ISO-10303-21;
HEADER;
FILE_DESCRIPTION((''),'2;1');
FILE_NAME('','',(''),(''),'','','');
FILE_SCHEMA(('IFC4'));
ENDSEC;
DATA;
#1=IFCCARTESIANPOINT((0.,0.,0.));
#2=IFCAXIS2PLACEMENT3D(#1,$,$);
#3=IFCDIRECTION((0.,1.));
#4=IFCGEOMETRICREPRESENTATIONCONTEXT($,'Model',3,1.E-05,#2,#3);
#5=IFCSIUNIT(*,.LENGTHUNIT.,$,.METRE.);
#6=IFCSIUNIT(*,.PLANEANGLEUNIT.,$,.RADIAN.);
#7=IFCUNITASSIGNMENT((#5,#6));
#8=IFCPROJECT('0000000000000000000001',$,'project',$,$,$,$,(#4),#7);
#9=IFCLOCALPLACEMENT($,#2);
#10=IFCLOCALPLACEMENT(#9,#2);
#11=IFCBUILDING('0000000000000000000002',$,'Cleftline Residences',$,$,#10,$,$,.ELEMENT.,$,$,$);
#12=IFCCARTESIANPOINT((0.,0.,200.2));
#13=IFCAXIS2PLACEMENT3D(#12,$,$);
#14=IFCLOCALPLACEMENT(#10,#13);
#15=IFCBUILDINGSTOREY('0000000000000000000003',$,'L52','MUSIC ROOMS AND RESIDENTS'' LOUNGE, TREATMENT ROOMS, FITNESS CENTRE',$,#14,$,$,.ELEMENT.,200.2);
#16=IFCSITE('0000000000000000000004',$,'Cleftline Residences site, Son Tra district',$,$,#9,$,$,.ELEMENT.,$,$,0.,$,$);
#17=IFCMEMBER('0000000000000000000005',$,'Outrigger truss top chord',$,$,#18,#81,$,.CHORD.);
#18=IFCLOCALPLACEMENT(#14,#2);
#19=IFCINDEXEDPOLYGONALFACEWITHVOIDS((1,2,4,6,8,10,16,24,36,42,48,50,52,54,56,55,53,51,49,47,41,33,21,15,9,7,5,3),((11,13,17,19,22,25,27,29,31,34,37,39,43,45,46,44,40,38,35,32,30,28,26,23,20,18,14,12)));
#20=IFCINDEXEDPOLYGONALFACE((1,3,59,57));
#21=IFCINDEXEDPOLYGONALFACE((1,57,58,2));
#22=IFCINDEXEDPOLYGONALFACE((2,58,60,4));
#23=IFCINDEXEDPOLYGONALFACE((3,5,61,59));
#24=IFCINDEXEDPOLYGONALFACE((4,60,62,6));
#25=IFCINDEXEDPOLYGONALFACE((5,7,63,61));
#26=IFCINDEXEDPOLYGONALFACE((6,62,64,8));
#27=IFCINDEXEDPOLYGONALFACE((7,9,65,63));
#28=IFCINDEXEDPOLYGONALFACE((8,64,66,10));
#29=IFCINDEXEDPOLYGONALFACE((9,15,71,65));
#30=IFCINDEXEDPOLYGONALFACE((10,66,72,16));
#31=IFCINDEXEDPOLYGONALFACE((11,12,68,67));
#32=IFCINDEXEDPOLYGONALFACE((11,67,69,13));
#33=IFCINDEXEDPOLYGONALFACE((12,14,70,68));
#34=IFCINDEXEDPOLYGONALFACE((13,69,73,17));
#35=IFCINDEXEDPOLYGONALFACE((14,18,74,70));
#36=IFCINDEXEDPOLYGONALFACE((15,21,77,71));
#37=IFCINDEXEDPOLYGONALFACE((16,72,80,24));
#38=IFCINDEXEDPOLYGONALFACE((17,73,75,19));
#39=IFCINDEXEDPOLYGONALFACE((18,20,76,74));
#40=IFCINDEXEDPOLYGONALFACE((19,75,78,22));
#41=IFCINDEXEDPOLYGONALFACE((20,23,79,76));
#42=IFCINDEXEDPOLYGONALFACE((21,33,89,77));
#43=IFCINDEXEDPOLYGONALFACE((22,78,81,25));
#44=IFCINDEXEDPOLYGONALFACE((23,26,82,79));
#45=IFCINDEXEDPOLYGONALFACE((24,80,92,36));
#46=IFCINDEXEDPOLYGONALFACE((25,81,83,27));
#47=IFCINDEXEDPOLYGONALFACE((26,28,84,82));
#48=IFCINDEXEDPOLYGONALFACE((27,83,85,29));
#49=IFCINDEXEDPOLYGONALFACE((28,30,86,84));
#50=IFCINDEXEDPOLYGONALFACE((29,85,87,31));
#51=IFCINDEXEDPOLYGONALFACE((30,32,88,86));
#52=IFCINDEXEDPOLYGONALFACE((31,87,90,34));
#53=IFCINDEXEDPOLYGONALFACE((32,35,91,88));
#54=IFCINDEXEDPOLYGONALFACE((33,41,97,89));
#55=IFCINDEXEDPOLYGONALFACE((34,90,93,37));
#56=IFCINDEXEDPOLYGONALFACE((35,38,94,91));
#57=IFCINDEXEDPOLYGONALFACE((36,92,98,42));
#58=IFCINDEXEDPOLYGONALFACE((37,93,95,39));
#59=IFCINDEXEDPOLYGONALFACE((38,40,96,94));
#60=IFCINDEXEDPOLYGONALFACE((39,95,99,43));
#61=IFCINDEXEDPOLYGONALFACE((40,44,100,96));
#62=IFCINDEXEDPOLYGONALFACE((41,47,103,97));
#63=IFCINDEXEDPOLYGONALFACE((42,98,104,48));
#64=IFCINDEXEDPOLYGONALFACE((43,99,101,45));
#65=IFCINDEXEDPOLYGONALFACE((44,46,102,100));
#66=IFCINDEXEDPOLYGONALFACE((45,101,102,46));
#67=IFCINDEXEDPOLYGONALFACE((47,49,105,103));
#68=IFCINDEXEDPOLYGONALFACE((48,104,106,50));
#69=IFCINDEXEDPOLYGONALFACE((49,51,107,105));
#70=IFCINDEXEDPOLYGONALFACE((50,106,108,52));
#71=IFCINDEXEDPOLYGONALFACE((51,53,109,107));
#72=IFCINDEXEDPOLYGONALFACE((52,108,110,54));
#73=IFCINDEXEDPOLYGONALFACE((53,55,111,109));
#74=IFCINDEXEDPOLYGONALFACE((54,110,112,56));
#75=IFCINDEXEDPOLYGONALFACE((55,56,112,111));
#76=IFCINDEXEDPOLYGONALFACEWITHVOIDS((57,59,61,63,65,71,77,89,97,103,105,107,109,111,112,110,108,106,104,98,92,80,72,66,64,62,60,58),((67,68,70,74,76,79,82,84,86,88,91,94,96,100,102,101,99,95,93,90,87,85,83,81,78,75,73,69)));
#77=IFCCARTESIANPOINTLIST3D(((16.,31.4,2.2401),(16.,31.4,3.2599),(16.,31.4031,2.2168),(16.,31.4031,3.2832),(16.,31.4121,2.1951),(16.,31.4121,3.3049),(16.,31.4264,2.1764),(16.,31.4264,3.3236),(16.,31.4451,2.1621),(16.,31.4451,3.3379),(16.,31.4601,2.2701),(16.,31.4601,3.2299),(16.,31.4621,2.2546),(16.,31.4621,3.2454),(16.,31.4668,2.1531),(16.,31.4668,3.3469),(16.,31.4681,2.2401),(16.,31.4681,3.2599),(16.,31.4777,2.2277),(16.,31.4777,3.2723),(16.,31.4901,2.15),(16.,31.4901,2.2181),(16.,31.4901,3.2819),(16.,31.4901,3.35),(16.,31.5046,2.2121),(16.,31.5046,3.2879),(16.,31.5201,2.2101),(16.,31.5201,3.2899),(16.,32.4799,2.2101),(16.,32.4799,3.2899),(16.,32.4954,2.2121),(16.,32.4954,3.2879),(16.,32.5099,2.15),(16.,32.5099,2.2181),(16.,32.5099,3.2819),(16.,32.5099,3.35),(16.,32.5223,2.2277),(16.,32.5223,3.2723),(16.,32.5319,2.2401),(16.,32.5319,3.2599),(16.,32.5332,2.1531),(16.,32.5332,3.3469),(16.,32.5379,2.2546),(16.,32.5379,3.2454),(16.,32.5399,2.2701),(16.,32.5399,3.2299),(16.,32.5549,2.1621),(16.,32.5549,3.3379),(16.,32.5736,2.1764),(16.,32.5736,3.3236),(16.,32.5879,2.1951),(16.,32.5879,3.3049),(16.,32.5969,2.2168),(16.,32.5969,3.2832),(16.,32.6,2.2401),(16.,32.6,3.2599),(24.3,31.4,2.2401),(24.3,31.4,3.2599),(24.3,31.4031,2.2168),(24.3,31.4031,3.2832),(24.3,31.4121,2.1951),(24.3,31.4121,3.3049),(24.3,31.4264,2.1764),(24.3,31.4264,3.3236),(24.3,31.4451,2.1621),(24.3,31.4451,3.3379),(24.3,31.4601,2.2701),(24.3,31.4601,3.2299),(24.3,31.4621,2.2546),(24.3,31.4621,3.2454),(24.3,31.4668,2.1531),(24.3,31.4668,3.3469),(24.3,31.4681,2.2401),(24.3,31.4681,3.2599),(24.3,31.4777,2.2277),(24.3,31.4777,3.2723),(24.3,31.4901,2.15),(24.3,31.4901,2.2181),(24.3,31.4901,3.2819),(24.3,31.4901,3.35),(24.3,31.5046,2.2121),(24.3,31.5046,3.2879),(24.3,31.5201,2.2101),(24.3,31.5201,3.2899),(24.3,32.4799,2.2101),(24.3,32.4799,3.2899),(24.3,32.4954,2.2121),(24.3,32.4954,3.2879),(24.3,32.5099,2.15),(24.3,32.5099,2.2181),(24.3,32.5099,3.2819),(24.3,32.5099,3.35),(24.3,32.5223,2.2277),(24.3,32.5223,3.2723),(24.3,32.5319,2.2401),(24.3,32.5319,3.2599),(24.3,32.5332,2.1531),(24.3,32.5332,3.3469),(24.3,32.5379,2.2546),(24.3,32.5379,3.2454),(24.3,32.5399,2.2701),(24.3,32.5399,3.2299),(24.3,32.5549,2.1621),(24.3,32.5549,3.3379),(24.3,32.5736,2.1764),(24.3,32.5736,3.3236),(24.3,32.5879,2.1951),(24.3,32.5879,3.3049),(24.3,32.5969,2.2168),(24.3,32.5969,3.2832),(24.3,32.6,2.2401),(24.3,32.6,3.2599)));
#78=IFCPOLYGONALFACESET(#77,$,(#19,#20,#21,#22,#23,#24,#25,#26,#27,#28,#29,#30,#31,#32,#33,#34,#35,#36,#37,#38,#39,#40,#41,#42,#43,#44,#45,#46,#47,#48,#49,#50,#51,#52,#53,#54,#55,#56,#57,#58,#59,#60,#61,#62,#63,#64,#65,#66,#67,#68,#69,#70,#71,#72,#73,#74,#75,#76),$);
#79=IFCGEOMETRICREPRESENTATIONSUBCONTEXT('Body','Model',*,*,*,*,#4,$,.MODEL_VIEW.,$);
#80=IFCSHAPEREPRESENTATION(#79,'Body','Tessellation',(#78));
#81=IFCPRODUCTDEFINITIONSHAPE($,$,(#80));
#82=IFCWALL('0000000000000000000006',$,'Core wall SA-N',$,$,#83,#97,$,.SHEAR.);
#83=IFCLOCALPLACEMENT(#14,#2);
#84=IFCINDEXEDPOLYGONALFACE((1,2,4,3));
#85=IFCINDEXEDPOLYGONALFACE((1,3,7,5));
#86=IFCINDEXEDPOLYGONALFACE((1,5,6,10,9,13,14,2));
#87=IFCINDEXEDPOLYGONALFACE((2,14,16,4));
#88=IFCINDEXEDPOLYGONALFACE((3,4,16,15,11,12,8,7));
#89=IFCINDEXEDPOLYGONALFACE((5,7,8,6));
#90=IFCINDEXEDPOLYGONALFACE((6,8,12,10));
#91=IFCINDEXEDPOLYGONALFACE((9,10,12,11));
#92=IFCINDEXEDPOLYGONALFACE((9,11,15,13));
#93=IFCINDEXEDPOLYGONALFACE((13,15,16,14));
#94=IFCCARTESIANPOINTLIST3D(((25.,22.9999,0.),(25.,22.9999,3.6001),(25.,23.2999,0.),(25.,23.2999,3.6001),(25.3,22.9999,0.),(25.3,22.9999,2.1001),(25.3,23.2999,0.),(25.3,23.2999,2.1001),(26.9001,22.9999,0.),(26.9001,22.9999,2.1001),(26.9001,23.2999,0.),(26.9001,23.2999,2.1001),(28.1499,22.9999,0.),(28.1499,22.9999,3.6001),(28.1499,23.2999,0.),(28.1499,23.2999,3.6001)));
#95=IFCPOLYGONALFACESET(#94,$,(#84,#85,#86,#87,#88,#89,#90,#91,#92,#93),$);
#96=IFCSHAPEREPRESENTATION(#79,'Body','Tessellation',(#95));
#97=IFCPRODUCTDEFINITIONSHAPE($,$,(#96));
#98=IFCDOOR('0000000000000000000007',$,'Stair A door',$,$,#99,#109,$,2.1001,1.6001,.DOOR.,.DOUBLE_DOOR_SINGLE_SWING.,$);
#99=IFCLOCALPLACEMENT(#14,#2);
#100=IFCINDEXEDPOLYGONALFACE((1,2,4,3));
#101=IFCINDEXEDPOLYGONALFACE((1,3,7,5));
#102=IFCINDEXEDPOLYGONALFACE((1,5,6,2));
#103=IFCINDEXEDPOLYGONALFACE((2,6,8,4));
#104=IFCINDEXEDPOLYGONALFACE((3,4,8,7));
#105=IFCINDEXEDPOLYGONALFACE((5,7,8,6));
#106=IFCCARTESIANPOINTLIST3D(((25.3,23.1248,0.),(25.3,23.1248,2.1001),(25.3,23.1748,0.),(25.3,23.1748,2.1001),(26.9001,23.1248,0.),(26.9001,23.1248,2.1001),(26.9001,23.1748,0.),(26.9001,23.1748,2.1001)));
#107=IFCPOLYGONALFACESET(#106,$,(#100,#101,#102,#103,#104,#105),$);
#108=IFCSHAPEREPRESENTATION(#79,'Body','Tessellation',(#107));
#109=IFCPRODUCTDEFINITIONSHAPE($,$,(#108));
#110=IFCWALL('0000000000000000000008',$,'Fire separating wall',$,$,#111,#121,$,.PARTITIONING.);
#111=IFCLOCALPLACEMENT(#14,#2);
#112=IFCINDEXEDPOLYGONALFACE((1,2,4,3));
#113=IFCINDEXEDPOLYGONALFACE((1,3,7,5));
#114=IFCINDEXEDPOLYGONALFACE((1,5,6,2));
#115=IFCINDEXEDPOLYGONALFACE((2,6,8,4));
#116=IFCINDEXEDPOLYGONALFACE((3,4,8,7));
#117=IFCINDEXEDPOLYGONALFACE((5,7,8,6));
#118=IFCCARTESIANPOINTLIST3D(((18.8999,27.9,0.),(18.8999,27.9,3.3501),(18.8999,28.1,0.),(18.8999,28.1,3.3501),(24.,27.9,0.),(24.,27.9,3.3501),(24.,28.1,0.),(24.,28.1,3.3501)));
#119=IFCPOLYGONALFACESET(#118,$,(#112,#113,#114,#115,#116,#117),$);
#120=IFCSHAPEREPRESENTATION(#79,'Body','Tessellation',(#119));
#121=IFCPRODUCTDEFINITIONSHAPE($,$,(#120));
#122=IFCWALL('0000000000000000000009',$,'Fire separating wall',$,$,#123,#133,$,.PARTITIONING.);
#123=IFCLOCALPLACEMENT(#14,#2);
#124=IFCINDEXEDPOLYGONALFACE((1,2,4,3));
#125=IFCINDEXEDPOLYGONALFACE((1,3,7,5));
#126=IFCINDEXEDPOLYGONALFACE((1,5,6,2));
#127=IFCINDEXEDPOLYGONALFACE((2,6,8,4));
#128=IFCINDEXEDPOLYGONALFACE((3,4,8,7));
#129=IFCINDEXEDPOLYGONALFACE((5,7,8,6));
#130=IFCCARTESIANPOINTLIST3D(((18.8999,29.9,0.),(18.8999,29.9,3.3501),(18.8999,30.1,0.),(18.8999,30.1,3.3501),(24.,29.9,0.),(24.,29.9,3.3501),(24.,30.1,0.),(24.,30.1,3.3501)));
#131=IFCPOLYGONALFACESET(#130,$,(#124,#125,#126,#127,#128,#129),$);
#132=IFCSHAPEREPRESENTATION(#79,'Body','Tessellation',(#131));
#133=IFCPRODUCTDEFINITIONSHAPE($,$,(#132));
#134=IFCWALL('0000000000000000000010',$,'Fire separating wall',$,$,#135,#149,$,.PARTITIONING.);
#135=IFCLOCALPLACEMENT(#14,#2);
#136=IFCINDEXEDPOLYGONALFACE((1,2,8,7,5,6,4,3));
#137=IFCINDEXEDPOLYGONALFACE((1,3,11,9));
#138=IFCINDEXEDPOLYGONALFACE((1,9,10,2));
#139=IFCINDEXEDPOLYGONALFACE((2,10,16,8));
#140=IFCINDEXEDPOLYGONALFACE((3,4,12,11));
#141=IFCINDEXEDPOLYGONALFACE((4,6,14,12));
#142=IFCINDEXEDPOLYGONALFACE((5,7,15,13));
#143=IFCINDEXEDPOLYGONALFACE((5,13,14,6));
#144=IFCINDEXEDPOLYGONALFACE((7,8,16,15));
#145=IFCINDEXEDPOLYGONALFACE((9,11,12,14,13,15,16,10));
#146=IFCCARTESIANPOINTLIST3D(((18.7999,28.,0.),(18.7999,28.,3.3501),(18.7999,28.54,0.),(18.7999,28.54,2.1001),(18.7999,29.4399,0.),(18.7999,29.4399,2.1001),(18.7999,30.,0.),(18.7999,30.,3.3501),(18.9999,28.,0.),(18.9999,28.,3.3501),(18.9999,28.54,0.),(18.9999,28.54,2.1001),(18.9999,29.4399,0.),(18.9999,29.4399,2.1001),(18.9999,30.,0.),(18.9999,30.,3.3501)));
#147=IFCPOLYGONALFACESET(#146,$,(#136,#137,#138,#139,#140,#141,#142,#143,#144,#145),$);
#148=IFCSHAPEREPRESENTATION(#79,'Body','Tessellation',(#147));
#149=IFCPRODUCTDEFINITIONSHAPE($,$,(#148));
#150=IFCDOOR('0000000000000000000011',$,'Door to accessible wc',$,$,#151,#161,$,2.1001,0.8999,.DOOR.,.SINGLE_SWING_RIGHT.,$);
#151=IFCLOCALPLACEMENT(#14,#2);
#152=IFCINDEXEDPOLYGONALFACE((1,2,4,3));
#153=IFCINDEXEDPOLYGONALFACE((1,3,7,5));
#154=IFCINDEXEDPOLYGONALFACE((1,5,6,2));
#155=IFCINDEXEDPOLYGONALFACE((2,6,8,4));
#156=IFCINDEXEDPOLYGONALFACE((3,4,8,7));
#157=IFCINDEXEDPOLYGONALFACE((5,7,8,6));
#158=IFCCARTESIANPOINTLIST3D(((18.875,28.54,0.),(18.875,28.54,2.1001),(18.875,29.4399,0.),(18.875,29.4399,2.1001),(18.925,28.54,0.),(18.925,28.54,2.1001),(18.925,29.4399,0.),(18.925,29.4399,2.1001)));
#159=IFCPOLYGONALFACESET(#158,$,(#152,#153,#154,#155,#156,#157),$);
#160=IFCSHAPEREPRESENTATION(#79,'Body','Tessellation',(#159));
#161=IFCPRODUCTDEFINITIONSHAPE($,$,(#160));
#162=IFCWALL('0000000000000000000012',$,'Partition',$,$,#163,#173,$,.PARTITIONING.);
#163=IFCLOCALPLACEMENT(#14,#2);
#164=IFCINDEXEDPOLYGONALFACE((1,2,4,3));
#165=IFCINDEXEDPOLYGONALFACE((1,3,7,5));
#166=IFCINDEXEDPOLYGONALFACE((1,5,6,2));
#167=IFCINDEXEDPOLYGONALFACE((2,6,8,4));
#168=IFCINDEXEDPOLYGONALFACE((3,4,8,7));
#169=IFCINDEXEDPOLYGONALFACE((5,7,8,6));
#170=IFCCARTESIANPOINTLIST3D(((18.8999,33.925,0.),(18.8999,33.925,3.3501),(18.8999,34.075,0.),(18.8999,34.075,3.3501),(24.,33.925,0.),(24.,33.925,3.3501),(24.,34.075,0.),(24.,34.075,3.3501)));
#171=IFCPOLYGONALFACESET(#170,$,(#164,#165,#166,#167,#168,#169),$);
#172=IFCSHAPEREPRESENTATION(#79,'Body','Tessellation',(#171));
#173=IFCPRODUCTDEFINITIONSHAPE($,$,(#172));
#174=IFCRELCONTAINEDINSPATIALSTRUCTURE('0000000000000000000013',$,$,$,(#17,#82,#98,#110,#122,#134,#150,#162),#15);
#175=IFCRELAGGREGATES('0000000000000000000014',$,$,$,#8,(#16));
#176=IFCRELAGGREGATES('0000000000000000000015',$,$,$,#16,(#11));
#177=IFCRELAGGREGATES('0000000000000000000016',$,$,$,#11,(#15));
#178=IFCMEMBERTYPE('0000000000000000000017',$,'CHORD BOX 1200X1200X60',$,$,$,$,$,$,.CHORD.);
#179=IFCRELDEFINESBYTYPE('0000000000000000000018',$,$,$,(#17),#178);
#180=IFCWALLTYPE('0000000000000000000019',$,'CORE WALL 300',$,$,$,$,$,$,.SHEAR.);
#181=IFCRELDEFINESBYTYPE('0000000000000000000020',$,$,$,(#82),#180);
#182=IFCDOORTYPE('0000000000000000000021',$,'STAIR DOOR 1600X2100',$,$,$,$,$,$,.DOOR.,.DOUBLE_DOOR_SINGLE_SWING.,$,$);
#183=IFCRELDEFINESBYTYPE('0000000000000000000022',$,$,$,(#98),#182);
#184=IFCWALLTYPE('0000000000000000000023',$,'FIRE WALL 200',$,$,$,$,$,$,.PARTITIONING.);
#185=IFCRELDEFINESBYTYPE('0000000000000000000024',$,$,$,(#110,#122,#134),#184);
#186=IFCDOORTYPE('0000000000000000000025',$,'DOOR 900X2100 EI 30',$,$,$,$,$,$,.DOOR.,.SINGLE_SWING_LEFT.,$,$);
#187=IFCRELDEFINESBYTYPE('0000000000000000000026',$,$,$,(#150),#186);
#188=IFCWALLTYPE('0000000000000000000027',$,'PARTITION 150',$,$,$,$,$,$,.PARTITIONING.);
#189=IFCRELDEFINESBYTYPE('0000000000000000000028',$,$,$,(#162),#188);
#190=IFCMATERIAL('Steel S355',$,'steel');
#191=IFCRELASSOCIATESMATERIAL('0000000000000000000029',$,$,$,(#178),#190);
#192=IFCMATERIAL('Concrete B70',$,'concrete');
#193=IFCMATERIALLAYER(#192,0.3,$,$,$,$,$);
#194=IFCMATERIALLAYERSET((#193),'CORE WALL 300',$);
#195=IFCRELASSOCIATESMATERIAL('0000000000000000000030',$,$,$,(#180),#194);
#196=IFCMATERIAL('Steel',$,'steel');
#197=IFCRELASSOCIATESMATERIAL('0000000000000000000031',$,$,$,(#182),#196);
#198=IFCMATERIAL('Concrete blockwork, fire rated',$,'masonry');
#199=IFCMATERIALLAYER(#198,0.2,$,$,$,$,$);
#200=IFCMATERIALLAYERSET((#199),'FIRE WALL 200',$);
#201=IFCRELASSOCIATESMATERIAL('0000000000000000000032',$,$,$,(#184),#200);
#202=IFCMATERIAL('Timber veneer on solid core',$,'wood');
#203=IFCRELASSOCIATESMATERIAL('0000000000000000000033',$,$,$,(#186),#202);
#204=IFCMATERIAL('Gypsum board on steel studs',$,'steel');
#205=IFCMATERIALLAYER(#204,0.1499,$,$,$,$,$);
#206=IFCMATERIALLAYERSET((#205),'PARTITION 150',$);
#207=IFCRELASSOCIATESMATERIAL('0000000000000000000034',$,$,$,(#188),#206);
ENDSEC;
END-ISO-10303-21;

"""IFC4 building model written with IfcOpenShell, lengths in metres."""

from ifc_helpers import new_model, si_unit, direction, frame, frame_2d, origin, origin_2d, place, context, subcontext, project, spatial, rectangle, hollow_rectangle, extrude, material, layer, layer_set, material_profile, profile_set, type_object, element, fill, save


model = new_model("IFC4")

# Units and contexts
model_context = context("Model", 3, precision=1e-05, world=origin(), true_north=direction((0.0, 1.0)))
body_context = subcontext(model_context, "Body", "Model", "MODEL_VIEW")
ifc_project = project(units=[si_unit("LENGTHUNIT", "METRE"), si_unit("PLANEANGLEUNIT", "RADIAN")], contexts=[model_context])

# Site, building, storey
site_placement = place(None, origin())
site = spatial("IfcSite", under=ifc_project, at=site_placement, Name="Cleftline Residences site, Son Tra district", CompositionType="ELEMENT", RefElevation=0.0)
building_placement = place(site_placement, origin())
building = spatial("IfcBuilding", under=site, at=building_placement, Name="Cleftline Residences", CompositionType="ELEMENT")
storey_placement = place(building_placement, frame((0.0, 0.0, 200.2)))
storey = spatial("IfcBuildingStorey", under=building, at=storey_placement, Name="L52", Description="MUSIC ROOMS AND RESIDENTS' LOUNGE, TREATMENT ROOMS, FITNESS CENTRE", CompositionType="ELEMENT", Elevation=200.2)

# Member
ifc_material_1 = material(Name="Steel S355", Category="steel")
ifc_material_profile_1 = material_profile(ifc_material_1, hollow_rectangle(XDim=1.2, YDim=1.2, WallThickness=0.0601, InnerFilletRadius=0.0601, OuterFilletRadius=0.0901, at=origin_2d()))
ifc_profile_set_1 = profile_set([ifc_material_profile_1], Name="Steel S355")
member_type_1 = type_object("IfcMemberType", Name="CHORD BOX 1200X1200X60", PredefinedType="CHORD", material=ifc_profile_set_1)
for number, where, z_axis, x_axis, name in (
    (1, (24.3, 32.0, 2.75), (-1.0, 0.0, 0.0), (0.0, -1.0, 0.0), "Outrigger truss top chord"),
):
    element("IfcMember", number, at=place(storey_placement, frame(where, z_axis=z_axis, x_axis=x_axis)), inside=storey, type_object=member_type_1, Name=name, PredefinedType="CHORD", context=body_context, shape_type="SweptSolid", body=[
        extrude(hollow_rectangle(XDim=1.2, YDim=1.2, WallThickness=0.0601, InnerFilletRadius=0.0601, OuterFilletRadius=0.0901, at=origin_2d()), origin(), (0.0, 0.0, 1.0), 8.3),
    ])

# Wall, opening, door
ifc_material_2 = material(Name="Concrete B70", Category="concrete")
ifc_layer_1 = layer(ifc_material_2, 0.3)
ifc_layer_set_1 = layer_set([ifc_layer_1], Name="CORE WALL 300")
wall_type_1 = type_object("IfcWallType", Name="CORE WALL 300", PredefinedType="SHEAR", material=ifc_layer_set_1)
wall_1_placement = place(storey_placement, frame((25.0, 23.1499, 0.0), z_axis=(0.0, 0.0, 1.0), x_axis=(1.0, 0.0, 0.0)))
wall_1 = element("IfcWall", 2, at=wall_1_placement, inside=storey, type_object=wall_type_1, Name="Core wall SA-N", PredefinedType="SHEAR", context=body_context, shape_type="SweptSolid", body=[
    extrude(rectangle(XDim=3.1499, YDim=0.3, at=frame_2d((1.575, 0.0))), origin(), (0.0, 0.0, 1.0), 3.6001),
])
opening_1_placement = place(wall_1_placement, frame((0.3, 0.0, 0.0)))
opening_1 = element("IfcOpeningElement", 3, at=opening_1_placement, cuts=wall_1, PredefinedType="OPENING", context=body_context, shape_type="SweptSolid", body=[
    extrude(rectangle(XDim=1.6001, YDim=2.1001, at=frame_2d((0.8, 1.05))), frame((0.0, 0.1599, 0.0), z_axis=(0.0, -1.0, 0.0), x_axis=(1.0, 0.0, 0.0)), (0.0, 0.0, 1.0), 0.3201),
])
ifc_material_3 = material(Name="Steel", Category="steel")
door_type_1 = type_object("IfcDoorType", Name="STAIR DOOR 1600X2100", OperationType="DOUBLE_DOOR_SINGLE_SWING", PredefinedType="DOOR", material=ifc_material_3)
door_1_placement = place(opening_1_placement, origin())
door_1 = element("IfcDoor", 4, at=door_1_placement, inside=storey, type_object=door_type_1, Name="Stair A door", OperationType="DOUBLE_DOOR_SINGLE_SWING", OverallHeight=2.1001, OverallWidth=1.6001, PredefinedType="DOOR", context=body_context, shape_type="SweptSolid", body=[
    extrude(rectangle(XDim=1.6001, YDim=2.1001, at=frame_2d((0.8, 1.05))), frame((0.0, 0.0249, 0.0), z_axis=(0.0, -1.0, 0.0), x_axis=(1.0, 0.0, 0.0)), (0.0, 0.0, 1.0), 0.05),
])
fill(opening_1, door_1)

# Walls
ifc_material_4 = material(Name="Concrete blockwork, fire rated", Category="masonry")
ifc_layer_2 = layer(ifc_material_4, 0.2)
ifc_layer_set_2 = layer_set([ifc_layer_2], Name="FIRE WALL 200")
wall_type_2 = type_object("IfcWallType", Name="FIRE WALL 200", PredefinedType="PARTITIONING", material=ifc_layer_set_2)
for number, where, z_axis, x_axis, name in (
    (5, (18.8999, 28.0, 0.0), (0.0, 0.0, 1.0), (1.0, 0.0, 0.0), "Fire separating wall"),
    (6, (18.8999, 30.0, 0.0), (0.0, 0.0, 1.0), (1.0, 0.0, 0.0), "Fire separating wall"),
):
    element("IfcWall", number, at=place(storey_placement, frame(where, z_axis=z_axis, x_axis=x_axis)), inside=storey, type_object=wall_type_2, Name=name, PredefinedType="PARTITIONING", context=body_context, shape_type="SweptSolid", body=[
        extrude(rectangle(XDim=5.1001, YDim=0.2, at=frame_2d((2.55, 0.0))), origin(), (0.0, 0.0, 1.0), 3.3501),
    ])

# Wall, opening, door
wall_2_placement = place(storey_placement, frame((18.8999, 28.0, 0.0), z_axis=(0.0, 0.0, 1.0), x_axis=(0.0, 1.0, 0.0)))
wall_2 = element("IfcWall", 7, at=wall_2_placement, inside=storey, type_object=wall_type_2, Name="Fire separating wall", PredefinedType="PARTITIONING", context=body_context, shape_type="SweptSolid", body=[
    extrude(rectangle(XDim=2.0, YDim=0.2, at=frame_2d((1.0, 0.0))), origin(), (0.0, 0.0, 1.0), 3.3501),
])
opening_2_placement = place(wall_2_placement, frame((0.54, 0.0, 0.0)))
opening_2 = element("IfcOpeningElement", 8, at=opening_2_placement, cuts=wall_2, PredefinedType="OPENING", context=body_context, shape_type="SweptSolid", body=[
    extrude(rectangle(XDim=0.8999, YDim=2.1001, at=frame_2d((0.45, 1.05))), frame((0.0, 0.1099, 0.0), z_axis=(0.0, -1.0, 0.0), x_axis=(1.0, 0.0, 0.0)), (0.0, 0.0, 1.0), 0.22),
])
ifc_material_5 = material(Name="Timber veneer on solid core", Category="wood")
door_type_2 = type_object("IfcDoorType", Name="DOOR 900X2100 EI 30", OperationType="SINGLE_SWING_LEFT", PredefinedType="DOOR", material=ifc_material_5)
door_2_placement = place(opening_2_placement, origin())
door_2 = element("IfcDoor", 9, at=door_2_placement, inside=storey, type_object=door_type_2, Name="Door to accessible wc", OperationType="SINGLE_SWING_RIGHT", OverallHeight=2.1001, OverallWidth=0.8999, PredefinedType="DOOR", context=body_context, shape_type="SweptSolid", body=[
    extrude(rectangle(XDim=0.8999, YDim=2.1001, at=frame_2d((0.45, 1.05))), frame((0.0, 0.0249, 0.0), z_axis=(0.0, -1.0, 0.0), x_axis=(1.0, 0.0, 0.0)), (0.0, 0.0, 1.0), 0.05),
])
fill(opening_2, door_2)

# Wall
ifc_material_6 = material(Name="Gypsum board on steel studs", Category="steel")
ifc_layer_3 = layer(ifc_material_6, 0.1499)
ifc_layer_set_3 = layer_set([ifc_layer_3], Name="PARTITION 150")
wall_type_3 = type_object("IfcWallType", Name="PARTITION 150", PredefinedType="PARTITIONING", material=ifc_layer_set_3)
wall_3_placement = place(storey_placement, frame((18.8999, 34.0, 0.0), z_axis=(0.0, 0.0, 1.0), x_axis=(1.0, 0.0, 0.0)))
element("IfcWall", 10, at=wall_3_placement, inside=storey, type_object=wall_type_3, Name="Partition", PredefinedType="PARTITIONING", context=body_context, shape_type="SweptSolid", body=[
    extrude(rectangle(XDim=5.1001, YDim=0.1499, at=frame_2d((2.55, 0.0))), origin(), (0.0, 0.0, 1.0), 3.3501),
])

save(model, "model.ifc")
